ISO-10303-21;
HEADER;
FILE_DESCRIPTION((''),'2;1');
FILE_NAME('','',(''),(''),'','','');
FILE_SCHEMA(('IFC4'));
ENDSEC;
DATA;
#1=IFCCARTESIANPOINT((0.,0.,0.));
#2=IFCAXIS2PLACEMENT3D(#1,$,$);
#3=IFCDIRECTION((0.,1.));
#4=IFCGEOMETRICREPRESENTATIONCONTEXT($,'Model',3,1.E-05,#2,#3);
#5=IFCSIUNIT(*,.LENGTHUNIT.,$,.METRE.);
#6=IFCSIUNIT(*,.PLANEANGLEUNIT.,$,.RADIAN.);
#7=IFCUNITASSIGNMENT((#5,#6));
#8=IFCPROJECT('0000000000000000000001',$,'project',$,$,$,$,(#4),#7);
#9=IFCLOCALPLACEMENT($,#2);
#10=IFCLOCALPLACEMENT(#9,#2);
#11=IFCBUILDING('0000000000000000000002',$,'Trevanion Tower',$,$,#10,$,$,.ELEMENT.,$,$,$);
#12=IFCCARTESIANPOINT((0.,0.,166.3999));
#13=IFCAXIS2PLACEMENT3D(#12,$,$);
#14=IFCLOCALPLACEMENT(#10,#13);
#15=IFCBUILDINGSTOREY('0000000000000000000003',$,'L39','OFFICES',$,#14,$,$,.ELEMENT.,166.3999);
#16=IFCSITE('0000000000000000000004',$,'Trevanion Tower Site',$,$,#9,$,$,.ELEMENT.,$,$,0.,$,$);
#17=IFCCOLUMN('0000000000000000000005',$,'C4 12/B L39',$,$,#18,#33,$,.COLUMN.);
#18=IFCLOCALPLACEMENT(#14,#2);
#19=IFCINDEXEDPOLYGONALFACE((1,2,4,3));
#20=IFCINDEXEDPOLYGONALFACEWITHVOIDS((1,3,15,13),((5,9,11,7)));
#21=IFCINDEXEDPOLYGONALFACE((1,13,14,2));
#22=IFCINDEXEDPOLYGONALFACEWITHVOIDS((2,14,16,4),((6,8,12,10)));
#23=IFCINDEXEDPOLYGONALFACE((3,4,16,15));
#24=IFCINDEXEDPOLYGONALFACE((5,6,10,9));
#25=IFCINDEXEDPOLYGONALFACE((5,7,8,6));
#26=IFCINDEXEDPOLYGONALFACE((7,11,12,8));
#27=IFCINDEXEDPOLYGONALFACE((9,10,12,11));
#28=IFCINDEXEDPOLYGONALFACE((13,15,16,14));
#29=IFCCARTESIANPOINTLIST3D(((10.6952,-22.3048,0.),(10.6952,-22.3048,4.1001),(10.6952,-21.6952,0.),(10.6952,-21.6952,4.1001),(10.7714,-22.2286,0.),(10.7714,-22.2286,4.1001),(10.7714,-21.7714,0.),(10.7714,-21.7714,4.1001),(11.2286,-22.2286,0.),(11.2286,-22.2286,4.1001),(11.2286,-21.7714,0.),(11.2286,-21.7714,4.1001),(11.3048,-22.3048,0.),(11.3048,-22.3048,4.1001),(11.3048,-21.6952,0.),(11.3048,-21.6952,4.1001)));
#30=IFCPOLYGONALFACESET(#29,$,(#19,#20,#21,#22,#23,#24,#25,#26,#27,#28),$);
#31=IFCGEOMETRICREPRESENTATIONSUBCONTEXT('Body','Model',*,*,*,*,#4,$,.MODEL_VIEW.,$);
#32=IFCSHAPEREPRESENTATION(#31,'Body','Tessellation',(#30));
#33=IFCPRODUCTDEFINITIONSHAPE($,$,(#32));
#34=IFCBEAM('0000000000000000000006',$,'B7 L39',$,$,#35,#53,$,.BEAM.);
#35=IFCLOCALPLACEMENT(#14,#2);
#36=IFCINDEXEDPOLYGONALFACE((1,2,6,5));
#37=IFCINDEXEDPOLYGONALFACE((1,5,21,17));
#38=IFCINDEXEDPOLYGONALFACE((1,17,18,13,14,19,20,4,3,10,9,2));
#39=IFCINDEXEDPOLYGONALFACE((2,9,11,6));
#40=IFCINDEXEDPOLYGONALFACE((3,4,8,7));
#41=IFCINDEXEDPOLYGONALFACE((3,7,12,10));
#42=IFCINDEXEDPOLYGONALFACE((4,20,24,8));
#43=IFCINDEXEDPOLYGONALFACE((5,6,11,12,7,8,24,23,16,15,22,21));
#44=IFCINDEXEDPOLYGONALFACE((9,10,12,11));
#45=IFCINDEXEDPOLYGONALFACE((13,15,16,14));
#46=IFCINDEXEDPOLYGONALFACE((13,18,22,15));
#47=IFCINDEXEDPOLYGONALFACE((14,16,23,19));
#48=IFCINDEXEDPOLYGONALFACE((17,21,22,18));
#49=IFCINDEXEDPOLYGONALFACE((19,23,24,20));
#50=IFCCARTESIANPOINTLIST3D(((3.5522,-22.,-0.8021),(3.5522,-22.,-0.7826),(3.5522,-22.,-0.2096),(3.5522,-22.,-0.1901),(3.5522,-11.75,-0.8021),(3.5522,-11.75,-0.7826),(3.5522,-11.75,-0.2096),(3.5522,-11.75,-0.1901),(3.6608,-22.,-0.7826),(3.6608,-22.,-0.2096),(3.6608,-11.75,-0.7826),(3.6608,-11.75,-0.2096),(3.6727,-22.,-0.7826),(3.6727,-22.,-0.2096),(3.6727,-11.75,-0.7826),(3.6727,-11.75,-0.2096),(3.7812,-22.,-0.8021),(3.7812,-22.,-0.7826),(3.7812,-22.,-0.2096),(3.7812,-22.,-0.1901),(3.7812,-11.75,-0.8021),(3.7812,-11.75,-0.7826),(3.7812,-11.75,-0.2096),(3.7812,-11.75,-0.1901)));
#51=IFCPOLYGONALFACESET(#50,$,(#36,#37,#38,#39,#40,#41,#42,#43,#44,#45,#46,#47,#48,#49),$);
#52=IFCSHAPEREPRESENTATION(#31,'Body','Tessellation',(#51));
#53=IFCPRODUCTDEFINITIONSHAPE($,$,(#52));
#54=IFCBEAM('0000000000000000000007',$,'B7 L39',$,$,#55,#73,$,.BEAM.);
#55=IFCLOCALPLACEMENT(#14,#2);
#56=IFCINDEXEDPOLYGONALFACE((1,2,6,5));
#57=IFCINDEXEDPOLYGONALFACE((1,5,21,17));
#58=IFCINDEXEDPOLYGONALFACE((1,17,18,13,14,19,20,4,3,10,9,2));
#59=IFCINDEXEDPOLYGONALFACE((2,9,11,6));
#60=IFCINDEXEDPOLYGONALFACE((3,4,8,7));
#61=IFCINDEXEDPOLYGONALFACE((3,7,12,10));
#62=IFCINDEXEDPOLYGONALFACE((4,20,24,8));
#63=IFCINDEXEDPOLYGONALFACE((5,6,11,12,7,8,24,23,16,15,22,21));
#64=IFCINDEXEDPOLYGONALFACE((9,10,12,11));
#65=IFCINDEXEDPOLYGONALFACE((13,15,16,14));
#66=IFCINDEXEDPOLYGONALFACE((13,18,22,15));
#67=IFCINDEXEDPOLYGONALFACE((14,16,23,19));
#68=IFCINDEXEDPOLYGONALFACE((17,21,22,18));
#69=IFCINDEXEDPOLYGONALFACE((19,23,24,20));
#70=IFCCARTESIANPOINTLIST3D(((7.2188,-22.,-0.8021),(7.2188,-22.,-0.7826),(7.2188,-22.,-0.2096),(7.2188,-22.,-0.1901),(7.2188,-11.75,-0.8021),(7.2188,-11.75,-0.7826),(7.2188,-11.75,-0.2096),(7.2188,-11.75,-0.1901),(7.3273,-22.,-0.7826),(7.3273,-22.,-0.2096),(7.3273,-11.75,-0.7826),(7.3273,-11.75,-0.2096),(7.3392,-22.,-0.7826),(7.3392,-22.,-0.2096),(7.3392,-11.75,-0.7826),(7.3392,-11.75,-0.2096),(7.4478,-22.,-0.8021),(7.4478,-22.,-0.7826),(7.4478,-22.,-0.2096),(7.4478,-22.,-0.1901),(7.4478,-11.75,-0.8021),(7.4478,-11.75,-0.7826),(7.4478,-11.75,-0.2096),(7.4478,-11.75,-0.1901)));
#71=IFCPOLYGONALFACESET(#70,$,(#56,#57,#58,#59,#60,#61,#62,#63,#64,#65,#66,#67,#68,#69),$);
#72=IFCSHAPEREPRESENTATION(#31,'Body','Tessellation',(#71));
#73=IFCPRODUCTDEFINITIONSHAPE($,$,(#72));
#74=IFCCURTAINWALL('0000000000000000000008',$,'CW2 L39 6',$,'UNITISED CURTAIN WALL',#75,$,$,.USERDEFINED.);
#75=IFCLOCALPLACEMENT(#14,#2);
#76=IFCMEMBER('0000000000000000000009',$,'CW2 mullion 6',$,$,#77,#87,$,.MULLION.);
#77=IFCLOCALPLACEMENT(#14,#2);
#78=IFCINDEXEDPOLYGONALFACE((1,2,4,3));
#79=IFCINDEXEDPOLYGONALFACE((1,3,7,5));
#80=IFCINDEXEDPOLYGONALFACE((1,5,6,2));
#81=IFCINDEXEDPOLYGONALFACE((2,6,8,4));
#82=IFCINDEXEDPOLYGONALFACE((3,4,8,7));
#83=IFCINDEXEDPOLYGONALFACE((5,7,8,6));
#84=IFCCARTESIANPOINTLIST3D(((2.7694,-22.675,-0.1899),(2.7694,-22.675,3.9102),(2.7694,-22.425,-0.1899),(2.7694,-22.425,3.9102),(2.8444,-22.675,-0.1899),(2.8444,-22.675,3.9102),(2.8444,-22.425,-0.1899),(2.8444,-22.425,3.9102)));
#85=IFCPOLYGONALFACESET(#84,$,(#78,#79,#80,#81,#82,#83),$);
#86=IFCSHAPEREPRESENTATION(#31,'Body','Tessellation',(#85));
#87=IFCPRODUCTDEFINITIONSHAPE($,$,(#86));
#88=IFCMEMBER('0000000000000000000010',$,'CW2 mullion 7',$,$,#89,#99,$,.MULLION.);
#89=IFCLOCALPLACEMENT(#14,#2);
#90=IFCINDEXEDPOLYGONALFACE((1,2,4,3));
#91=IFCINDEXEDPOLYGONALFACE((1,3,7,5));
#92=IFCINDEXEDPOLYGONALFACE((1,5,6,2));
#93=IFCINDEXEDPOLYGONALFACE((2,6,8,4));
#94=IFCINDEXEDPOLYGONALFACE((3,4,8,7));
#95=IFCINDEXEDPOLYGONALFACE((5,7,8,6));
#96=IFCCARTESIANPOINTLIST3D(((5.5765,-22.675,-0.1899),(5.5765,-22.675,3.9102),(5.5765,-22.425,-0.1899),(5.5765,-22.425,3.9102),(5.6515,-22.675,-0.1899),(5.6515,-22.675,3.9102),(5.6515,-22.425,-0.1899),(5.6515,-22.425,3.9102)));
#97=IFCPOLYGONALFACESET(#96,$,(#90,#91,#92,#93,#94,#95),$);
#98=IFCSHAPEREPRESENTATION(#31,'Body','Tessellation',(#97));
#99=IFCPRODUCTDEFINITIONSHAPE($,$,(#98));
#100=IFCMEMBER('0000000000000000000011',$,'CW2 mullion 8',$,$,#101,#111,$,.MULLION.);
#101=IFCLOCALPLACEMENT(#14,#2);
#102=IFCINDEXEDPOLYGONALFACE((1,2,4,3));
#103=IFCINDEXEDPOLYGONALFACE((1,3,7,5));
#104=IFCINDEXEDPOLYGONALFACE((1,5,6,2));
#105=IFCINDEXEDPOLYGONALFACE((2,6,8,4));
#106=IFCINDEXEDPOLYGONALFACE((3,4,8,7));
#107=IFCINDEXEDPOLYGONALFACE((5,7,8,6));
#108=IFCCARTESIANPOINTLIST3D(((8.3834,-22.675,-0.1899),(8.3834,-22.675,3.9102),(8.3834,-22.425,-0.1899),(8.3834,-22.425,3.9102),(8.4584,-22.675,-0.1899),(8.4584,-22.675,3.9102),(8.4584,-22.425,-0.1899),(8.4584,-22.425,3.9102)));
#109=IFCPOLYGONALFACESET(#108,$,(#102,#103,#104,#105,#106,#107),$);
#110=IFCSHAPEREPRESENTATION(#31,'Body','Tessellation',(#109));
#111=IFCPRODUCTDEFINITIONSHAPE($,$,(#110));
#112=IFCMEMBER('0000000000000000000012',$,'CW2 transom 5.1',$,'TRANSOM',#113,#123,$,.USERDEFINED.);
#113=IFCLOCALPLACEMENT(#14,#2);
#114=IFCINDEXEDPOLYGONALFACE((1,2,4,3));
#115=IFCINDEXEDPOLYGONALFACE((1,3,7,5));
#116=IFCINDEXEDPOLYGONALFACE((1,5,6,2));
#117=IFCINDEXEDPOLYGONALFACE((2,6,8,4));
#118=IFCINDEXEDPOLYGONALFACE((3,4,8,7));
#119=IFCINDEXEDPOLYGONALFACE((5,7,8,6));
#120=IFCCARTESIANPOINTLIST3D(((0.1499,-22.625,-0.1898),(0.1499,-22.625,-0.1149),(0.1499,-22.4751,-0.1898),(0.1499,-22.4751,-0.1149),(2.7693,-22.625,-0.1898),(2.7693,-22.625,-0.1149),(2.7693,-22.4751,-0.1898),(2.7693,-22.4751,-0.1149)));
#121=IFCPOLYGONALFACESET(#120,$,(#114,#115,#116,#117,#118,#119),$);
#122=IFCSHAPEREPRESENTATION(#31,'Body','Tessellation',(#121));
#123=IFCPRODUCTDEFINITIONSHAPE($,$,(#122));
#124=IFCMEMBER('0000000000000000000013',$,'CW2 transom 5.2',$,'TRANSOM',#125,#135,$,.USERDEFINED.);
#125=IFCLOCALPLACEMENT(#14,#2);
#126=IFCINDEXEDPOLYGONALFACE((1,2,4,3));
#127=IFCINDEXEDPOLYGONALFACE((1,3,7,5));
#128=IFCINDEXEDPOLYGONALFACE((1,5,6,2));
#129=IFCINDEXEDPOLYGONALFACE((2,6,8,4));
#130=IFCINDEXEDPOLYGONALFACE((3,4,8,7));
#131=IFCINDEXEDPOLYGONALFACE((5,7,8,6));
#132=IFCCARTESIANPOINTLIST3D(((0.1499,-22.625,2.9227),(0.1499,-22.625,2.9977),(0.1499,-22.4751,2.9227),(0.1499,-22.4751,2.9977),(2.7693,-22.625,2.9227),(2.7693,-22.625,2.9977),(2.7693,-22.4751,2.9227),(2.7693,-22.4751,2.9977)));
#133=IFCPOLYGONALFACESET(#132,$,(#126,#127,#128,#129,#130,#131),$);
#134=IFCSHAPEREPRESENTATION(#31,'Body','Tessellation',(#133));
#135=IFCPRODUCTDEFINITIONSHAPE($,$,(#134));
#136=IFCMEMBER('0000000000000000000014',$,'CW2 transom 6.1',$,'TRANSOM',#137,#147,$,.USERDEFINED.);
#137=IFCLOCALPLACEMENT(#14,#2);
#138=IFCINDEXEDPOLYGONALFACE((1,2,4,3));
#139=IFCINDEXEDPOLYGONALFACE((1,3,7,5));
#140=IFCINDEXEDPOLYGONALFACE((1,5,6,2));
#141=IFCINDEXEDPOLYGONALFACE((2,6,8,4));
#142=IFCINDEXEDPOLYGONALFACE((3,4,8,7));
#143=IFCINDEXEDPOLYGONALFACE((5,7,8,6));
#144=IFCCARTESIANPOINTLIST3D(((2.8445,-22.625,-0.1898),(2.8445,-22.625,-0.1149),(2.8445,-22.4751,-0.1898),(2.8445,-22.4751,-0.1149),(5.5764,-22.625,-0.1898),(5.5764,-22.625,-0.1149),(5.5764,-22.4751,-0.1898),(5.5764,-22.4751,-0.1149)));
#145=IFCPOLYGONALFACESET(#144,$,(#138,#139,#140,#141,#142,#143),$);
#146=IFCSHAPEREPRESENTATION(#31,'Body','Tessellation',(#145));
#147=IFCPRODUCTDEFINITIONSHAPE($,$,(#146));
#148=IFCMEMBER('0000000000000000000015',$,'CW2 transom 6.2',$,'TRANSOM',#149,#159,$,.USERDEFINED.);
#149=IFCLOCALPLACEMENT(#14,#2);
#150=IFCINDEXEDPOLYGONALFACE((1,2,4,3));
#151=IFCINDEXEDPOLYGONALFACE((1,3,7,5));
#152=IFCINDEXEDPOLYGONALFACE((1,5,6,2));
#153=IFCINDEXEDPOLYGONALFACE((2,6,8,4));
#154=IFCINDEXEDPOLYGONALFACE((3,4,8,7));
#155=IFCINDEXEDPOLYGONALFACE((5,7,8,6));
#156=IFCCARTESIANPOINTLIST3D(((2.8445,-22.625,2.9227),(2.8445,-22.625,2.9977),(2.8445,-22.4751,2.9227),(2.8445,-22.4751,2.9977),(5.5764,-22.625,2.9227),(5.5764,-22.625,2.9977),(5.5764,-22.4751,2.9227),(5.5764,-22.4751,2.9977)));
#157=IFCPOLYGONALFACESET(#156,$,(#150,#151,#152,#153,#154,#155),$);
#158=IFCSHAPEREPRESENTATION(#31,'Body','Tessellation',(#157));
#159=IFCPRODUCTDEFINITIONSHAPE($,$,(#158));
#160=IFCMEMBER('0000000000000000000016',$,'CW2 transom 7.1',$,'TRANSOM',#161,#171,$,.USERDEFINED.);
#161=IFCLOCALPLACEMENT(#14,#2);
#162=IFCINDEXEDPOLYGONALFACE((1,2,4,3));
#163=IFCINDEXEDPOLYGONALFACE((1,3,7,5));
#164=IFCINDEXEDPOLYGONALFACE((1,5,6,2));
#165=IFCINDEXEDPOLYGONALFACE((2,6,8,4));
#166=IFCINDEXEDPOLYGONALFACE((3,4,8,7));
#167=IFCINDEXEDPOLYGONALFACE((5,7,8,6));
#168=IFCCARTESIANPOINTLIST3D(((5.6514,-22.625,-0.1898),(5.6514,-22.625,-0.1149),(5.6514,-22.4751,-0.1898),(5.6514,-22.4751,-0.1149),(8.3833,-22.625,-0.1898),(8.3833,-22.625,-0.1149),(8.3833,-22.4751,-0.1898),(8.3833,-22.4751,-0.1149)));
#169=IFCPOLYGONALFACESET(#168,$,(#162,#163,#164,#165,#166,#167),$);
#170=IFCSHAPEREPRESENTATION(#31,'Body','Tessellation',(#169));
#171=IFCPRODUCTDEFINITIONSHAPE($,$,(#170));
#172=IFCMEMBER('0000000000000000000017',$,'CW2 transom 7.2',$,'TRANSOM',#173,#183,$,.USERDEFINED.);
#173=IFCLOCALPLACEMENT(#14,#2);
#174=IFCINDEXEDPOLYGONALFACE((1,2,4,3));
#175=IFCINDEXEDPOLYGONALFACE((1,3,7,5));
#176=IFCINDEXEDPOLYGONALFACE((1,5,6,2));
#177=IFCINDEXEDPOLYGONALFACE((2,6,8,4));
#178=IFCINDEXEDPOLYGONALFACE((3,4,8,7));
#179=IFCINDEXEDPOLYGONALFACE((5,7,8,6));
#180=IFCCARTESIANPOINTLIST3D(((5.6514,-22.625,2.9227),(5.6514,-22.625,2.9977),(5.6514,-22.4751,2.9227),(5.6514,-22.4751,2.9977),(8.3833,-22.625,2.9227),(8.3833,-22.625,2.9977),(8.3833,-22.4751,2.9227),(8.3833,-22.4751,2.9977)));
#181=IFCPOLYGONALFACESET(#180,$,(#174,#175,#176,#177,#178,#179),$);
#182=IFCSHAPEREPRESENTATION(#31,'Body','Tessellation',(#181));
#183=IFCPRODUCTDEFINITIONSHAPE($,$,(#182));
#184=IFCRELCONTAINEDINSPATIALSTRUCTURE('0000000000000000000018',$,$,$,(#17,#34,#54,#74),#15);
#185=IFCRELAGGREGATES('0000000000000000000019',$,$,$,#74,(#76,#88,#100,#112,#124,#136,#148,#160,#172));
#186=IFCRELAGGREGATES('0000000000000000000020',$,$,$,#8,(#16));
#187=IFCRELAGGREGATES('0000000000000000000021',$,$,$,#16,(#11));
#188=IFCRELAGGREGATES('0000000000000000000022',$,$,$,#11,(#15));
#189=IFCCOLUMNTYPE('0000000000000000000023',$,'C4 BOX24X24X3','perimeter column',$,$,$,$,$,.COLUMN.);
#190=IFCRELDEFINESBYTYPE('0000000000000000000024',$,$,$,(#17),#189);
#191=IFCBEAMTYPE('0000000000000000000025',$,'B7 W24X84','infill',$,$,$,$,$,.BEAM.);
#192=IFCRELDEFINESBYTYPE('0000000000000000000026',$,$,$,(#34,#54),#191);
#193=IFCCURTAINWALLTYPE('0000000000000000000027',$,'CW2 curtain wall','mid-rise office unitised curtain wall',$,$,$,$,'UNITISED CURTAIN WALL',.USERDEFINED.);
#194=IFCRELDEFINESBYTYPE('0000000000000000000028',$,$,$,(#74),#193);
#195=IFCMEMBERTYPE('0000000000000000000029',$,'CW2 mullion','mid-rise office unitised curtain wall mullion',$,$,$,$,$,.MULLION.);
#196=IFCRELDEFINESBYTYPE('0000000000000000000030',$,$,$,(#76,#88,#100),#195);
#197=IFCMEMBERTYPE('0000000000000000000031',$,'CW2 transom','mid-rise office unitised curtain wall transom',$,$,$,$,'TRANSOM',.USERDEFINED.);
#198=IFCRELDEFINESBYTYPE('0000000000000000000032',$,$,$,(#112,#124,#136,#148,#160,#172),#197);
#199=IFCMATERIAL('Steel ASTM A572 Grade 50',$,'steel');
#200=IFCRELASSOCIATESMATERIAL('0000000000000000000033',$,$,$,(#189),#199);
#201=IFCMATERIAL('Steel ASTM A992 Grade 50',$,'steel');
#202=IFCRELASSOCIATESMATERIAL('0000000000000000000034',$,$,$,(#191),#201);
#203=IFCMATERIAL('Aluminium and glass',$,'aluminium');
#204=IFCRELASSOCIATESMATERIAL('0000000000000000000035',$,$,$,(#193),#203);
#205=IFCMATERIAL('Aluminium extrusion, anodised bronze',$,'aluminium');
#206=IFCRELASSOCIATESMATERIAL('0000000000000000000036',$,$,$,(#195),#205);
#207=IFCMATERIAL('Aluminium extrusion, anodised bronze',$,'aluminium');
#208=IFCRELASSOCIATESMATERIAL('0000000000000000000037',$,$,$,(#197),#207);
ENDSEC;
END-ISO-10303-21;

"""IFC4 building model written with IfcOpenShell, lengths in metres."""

from ifc_helpers import new_model, si_unit, direction, frame, origin, origin_2d, place, context, subcontext, project, spatial, rectangle, hollow_rectangle, i_section, extrude, material, material_profile, profile_set, type_object, element, aggregate, save


model = new_model("IFC4")

# Units and contexts
model_context = context("Model", 3, precision=1e-05, world=origin(), true_north=direction((0.0, 1.0)))
body_context = subcontext(model_context, "Body", "Model", "MODEL_VIEW")
ifc_project = project(units=[si_unit("LENGTHUNIT", "METRE"), si_unit("PLANEANGLEUNIT", "RADIAN")], contexts=[model_context])

# Site, building, storey
site_placement = place(None, origin())
site = spatial("IfcSite", under=ifc_project, at=site_placement, Name="Trevanion Tower Site", CompositionType="ELEMENT", RefElevation=0.0)
building_placement = place(site_placement, origin())
building = spatial("IfcBuilding", under=site, at=building_placement, Name="Trevanion Tower", CompositionType="ELEMENT")
storey_placement = place(building_placement, frame((0.0, 0.0, 166.3999)))
storey = spatial("IfcBuildingStorey", under=building, at=storey_placement, Name="L39", Description="OFFICES", CompositionType="ELEMENT", Elevation=166.3999)

# Column
ifc_material_1 = material(Name="Steel ASTM A572 Grade 50", Category="steel")
ifc_material_profile_1 = material_profile(ifc_material_1, hollow_rectangle(XDim=0.6096, YDim=0.6096, WallThickness=0.0762, at=origin_2d()), Name="BOX24X24X3")
ifc_profile_set_1 = profile_set([ifc_material_profile_1], Name="Steel ASTM A572 Grade 50")
column_type = type_object("IfcColumnType", Name="C4 BOX24X24X3", Description="perimeter column", PredefinedType="COLUMN", material=ifc_profile_set_1)
column_placement = place(storey_placement, frame((11.0, -22.0, 0.0), z_axis=(0.0, 0.0, 1.0), x_axis=(1.0, 0.0, 0.0)))
element("IfcColumn", 1, at=column_placement, inside=storey, type_object=column_type, Name="C4 12/B L39", PredefinedType="COLUMN", context=body_context, shape_type="SweptSolid", body=[
    extrude(hollow_rectangle(XDim=0.6096, YDim=0.6096, WallThickness=0.0762, at=origin_2d()), origin(), (0.0, 0.0, 1.0), 4.1001),
])

# Beams
ifc_material_2 = material(Name="Steel ASTM A992 Grade 50", Category="steel")
ifc_material_profile_2 = material_profile(ifc_material_2, i_section(OverallWidth=0.229, OverallDepth=0.6121, WebThickness=0.012, FlangeThickness=0.0195, at=origin_2d()), Name="W24X84")
ifc_profile_set_2 = profile_set([ifc_material_profile_2], Name="Steel ASTM A992 Grade 50")
beam_type_1 = type_object("IfcBeamType", Name="B7 W24X84", Description="infill", PredefinedType="BEAM", material=ifc_profile_set_2)
for number, where, z_axis, x_axis, name in (
    (2, (3.6667, -11.75, -0.4961), (0.0, -1.0, 0.0), (1.0, 0.0, 0.0), "B7 L39"),
    (3, (7.3333, -11.75, -0.4961), (0.0, -1.0, 0.0), (1.0, 0.0, 0.0), "B7 L39"),
):
    element("IfcBeam", number, at=place(storey_placement, frame(where, z_axis=z_axis, x_axis=x_axis)), inside=storey, type_object=beam_type_1, Name=name, PredefinedType="BEAM", context=body_context, shape_type="SweptSolid", body=[
        extrude(i_section(OverallWidth=0.229, OverallDepth=0.6121, WebThickness=0.012, FlangeThickness=0.0195, at=origin_2d()), origin(), (0.0, 0.0, 1.0), 10.25),
    ])

# Curtain wall, members
ifc_material_3 = material(Name="Aluminium and glass", Category="aluminium")
curtain_wall_type = type_object("IfcCurtainWallType", Name="CW2 curtain wall", Description="mid-rise office unitised curtain wall", ElementType="UNITISED CURTAIN WALL", PredefinedType="USERDEFINED", material=ifc_material_3)
curtain_wall_placement = place(storey_placement, origin())
curtain_wall = element("IfcCurtainWall", 4, at=curtain_wall_placement, inside=storey, type_object=curtain_wall_type, Name="CW2 L39 6", ObjectType="UNITISED CURTAIN WALL", PredefinedType="USERDEFINED")
ifc_material_4 = material(Name="Aluminium extrusion, anodised bronze", Category="aluminium")
ifc_material_profile_3 = material_profile(ifc_material_4, rectangle(XDim=0.075, YDim=0.25, at=origin_2d()), Name="CW2 mullion")
ifc_profile_set_3 = profile_set([ifc_material_profile_3], Name="Aluminium extrusion, anodised bronze")
member_type_1 = type_object("IfcMemberType", Name="CW2 mullion", Description="mid-rise office unitised curtain wall mullion", PredefinedType="MULLION", material=ifc_profile_set_3)
member_1_placement = place(storey_placement, frame((2.8069, -22.55, -0.1899), z_axis=(0.0, 0.0, 1.0), x_axis=(1.0, 0.0, 0.0)))
member_1 = element("IfcMember", 5, at=member_1_placement, type_object=member_type_1, Name="CW2 mullion 6", PredefinedType="MULLION", context=body_context, shape_type="SweptSolid", body=[
    extrude(rectangle(XDim=0.075, YDim=0.25, at=origin_2d()), origin(), (0.0, 0.0, 1.0), 4.1001),
])
member_2_placement = place(storey_placement, frame((5.614, -22.55, -0.1899), z_axis=(0.0, 0.0, 1.0), x_axis=(1.0, 0.0, 0.0)))
member_2 = element("IfcMember", 6, at=member_2_placement, type_object=member_type_1, Name="CW2 mullion 7", PredefinedType="MULLION", context=body_context, shape_type="SweptSolid", body=[
    extrude(rectangle(XDim=0.075, YDim=0.25, at=origin_2d()), origin(), (0.0, 0.0, 1.0), 4.1001),
])
member_3_placement = place(storey_placement, frame((8.4209, -22.55, -0.1899), z_axis=(0.0, 0.0, 1.0), x_axis=(1.0, 0.0, 0.0)))
member_3 = element("IfcMember", 7, at=member_3_placement, type_object=member_type_1, Name="CW2 mullion 8", PredefinedType="MULLION", context=body_context, shape_type="SweptSolid", body=[
    extrude(rectangle(XDim=0.075, YDim=0.25, at=origin_2d()), origin(), (0.0, 0.0, 1.0), 4.1001),
])
ifc_material_5 = material(Name="Aluminium extrusion, anodised bronze", Category="aluminium")
ifc_material_profile_4 = material_profile(ifc_material_5, rectangle(XDim=0.1499, YDim=0.075, at=origin_2d()), Name="CW2 transom")
ifc_profile_set_4 = profile_set([ifc_material_profile_4], Name="Aluminium extrusion, anodised bronze")
member_type_2 = type_object("IfcMemberType", Name="CW2 transom", Description="mid-rise office unitised curtain wall transom", ElementType="TRANSOM", PredefinedType="USERDEFINED", material=ifc_profile_set_4)
member_4_placement = place(storey_placement, frame((0.1499, -22.55, -0.1523), z_axis=(1.0, 0.0, 0.0), x_axis=(0.0, 1.0, 0.0)))
member_4 = element("IfcMember", 8, at=member_4_placement, type_object=member_type_2, Name="CW2 transom 5.1", ObjectType="TRANSOM", PredefinedType="USERDEFINED", context=body_context, shape_type="SweptSolid", body=[
    extrude(rectangle(XDim=0.1499, YDim=0.075, at=origin_2d()), origin(), (0.0, 0.0, 1.0), 2.6194),
])
member_5_placement = place(storey_placement, frame((0.1499, -22.55, 2.9602), z_axis=(1.0, 0.0, 0.0), x_axis=(0.0, 1.0, 0.0)))
member_5 = element("IfcMember", 9, at=member_5_placement, type_object=member_type_2, Name="CW2 transom 5.2", ObjectType="TRANSOM", PredefinedType="USERDEFINED", context=body_context, shape_type="SweptSolid", body=[
    extrude(rectangle(XDim=0.1499, YDim=0.075, at=origin_2d()), origin(), (0.0, 0.0, 1.0), 2.6194),
])
member_6_placement = place(storey_placement, frame((2.8445, -22.55, -0.1523), z_axis=(1.0, 0.0, 0.0), x_axis=(0.0, 1.0, 0.0)))
member_6 = element("IfcMember", 10, at=member_6_placement, type_object=member_type_2, Name="CW2 transom 6.1", ObjectType="TRANSOM", PredefinedType="USERDEFINED", context=body_context, shape_type="SweptSolid", body=[
    extrude(rectangle(XDim=0.1499, YDim=0.075, at=origin_2d()), origin(), (0.0, 0.0, 1.0), 2.7319),
])
member_7_placement = place(storey_placement, frame((2.8445, -22.55, 2.9602), z_axis=(1.0, 0.0, 0.0), x_axis=(0.0, 1.0, 0.0)))
member_7 = element("IfcMember", 11, at=member_7_placement, type_object=member_type_2, Name="CW2 transom 6.2", ObjectType="TRANSOM", PredefinedType="USERDEFINED", context=body_context, shape_type="SweptSolid", body=[
    extrude(rectangle(XDim=0.1499, YDim=0.075, at=origin_2d()), origin(), (0.0, 0.0, 1.0), 2.7319),
])
member_8_placement = place(storey_placement, frame((5.6514, -22.55, -0.1523), z_axis=(1.0, 0.0, 0.0), x_axis=(0.0, 1.0, 0.0)))
member_8 = element("IfcMember", 12, at=member_8_placement, type_object=member_type_2, Name="CW2 transom 7.1", ObjectType="TRANSOM", PredefinedType="USERDEFINED", context=body_context, shape_type="SweptSolid", body=[
    extrude(rectangle(XDim=0.1499, YDim=0.075, at=origin_2d()), origin(), (0.0, 0.0, 1.0), 2.7319),
])
member_9_placement = place(storey_placement, frame((5.6514, -22.55, 2.9602), z_axis=(1.0, 0.0, 0.0), x_axis=(0.0, 1.0, 0.0)))
member_9 = element("IfcMember", 13, at=member_9_placement, type_object=member_type_2, Name="CW2 transom 7.2", ObjectType="TRANSOM", PredefinedType="USERDEFINED", context=body_context, shape_type="SweptSolid", body=[
    extrude(rectangle(XDim=0.1499, YDim=0.075, at=origin_2d()), origin(), (0.0, 0.0, 1.0), 2.7319),
])

aggregate(curtain_wall, [member_1, member_2, member_3, member_4, member_5, member_6, member_7, member_8, member_9])

save(model, "model.ifc")
